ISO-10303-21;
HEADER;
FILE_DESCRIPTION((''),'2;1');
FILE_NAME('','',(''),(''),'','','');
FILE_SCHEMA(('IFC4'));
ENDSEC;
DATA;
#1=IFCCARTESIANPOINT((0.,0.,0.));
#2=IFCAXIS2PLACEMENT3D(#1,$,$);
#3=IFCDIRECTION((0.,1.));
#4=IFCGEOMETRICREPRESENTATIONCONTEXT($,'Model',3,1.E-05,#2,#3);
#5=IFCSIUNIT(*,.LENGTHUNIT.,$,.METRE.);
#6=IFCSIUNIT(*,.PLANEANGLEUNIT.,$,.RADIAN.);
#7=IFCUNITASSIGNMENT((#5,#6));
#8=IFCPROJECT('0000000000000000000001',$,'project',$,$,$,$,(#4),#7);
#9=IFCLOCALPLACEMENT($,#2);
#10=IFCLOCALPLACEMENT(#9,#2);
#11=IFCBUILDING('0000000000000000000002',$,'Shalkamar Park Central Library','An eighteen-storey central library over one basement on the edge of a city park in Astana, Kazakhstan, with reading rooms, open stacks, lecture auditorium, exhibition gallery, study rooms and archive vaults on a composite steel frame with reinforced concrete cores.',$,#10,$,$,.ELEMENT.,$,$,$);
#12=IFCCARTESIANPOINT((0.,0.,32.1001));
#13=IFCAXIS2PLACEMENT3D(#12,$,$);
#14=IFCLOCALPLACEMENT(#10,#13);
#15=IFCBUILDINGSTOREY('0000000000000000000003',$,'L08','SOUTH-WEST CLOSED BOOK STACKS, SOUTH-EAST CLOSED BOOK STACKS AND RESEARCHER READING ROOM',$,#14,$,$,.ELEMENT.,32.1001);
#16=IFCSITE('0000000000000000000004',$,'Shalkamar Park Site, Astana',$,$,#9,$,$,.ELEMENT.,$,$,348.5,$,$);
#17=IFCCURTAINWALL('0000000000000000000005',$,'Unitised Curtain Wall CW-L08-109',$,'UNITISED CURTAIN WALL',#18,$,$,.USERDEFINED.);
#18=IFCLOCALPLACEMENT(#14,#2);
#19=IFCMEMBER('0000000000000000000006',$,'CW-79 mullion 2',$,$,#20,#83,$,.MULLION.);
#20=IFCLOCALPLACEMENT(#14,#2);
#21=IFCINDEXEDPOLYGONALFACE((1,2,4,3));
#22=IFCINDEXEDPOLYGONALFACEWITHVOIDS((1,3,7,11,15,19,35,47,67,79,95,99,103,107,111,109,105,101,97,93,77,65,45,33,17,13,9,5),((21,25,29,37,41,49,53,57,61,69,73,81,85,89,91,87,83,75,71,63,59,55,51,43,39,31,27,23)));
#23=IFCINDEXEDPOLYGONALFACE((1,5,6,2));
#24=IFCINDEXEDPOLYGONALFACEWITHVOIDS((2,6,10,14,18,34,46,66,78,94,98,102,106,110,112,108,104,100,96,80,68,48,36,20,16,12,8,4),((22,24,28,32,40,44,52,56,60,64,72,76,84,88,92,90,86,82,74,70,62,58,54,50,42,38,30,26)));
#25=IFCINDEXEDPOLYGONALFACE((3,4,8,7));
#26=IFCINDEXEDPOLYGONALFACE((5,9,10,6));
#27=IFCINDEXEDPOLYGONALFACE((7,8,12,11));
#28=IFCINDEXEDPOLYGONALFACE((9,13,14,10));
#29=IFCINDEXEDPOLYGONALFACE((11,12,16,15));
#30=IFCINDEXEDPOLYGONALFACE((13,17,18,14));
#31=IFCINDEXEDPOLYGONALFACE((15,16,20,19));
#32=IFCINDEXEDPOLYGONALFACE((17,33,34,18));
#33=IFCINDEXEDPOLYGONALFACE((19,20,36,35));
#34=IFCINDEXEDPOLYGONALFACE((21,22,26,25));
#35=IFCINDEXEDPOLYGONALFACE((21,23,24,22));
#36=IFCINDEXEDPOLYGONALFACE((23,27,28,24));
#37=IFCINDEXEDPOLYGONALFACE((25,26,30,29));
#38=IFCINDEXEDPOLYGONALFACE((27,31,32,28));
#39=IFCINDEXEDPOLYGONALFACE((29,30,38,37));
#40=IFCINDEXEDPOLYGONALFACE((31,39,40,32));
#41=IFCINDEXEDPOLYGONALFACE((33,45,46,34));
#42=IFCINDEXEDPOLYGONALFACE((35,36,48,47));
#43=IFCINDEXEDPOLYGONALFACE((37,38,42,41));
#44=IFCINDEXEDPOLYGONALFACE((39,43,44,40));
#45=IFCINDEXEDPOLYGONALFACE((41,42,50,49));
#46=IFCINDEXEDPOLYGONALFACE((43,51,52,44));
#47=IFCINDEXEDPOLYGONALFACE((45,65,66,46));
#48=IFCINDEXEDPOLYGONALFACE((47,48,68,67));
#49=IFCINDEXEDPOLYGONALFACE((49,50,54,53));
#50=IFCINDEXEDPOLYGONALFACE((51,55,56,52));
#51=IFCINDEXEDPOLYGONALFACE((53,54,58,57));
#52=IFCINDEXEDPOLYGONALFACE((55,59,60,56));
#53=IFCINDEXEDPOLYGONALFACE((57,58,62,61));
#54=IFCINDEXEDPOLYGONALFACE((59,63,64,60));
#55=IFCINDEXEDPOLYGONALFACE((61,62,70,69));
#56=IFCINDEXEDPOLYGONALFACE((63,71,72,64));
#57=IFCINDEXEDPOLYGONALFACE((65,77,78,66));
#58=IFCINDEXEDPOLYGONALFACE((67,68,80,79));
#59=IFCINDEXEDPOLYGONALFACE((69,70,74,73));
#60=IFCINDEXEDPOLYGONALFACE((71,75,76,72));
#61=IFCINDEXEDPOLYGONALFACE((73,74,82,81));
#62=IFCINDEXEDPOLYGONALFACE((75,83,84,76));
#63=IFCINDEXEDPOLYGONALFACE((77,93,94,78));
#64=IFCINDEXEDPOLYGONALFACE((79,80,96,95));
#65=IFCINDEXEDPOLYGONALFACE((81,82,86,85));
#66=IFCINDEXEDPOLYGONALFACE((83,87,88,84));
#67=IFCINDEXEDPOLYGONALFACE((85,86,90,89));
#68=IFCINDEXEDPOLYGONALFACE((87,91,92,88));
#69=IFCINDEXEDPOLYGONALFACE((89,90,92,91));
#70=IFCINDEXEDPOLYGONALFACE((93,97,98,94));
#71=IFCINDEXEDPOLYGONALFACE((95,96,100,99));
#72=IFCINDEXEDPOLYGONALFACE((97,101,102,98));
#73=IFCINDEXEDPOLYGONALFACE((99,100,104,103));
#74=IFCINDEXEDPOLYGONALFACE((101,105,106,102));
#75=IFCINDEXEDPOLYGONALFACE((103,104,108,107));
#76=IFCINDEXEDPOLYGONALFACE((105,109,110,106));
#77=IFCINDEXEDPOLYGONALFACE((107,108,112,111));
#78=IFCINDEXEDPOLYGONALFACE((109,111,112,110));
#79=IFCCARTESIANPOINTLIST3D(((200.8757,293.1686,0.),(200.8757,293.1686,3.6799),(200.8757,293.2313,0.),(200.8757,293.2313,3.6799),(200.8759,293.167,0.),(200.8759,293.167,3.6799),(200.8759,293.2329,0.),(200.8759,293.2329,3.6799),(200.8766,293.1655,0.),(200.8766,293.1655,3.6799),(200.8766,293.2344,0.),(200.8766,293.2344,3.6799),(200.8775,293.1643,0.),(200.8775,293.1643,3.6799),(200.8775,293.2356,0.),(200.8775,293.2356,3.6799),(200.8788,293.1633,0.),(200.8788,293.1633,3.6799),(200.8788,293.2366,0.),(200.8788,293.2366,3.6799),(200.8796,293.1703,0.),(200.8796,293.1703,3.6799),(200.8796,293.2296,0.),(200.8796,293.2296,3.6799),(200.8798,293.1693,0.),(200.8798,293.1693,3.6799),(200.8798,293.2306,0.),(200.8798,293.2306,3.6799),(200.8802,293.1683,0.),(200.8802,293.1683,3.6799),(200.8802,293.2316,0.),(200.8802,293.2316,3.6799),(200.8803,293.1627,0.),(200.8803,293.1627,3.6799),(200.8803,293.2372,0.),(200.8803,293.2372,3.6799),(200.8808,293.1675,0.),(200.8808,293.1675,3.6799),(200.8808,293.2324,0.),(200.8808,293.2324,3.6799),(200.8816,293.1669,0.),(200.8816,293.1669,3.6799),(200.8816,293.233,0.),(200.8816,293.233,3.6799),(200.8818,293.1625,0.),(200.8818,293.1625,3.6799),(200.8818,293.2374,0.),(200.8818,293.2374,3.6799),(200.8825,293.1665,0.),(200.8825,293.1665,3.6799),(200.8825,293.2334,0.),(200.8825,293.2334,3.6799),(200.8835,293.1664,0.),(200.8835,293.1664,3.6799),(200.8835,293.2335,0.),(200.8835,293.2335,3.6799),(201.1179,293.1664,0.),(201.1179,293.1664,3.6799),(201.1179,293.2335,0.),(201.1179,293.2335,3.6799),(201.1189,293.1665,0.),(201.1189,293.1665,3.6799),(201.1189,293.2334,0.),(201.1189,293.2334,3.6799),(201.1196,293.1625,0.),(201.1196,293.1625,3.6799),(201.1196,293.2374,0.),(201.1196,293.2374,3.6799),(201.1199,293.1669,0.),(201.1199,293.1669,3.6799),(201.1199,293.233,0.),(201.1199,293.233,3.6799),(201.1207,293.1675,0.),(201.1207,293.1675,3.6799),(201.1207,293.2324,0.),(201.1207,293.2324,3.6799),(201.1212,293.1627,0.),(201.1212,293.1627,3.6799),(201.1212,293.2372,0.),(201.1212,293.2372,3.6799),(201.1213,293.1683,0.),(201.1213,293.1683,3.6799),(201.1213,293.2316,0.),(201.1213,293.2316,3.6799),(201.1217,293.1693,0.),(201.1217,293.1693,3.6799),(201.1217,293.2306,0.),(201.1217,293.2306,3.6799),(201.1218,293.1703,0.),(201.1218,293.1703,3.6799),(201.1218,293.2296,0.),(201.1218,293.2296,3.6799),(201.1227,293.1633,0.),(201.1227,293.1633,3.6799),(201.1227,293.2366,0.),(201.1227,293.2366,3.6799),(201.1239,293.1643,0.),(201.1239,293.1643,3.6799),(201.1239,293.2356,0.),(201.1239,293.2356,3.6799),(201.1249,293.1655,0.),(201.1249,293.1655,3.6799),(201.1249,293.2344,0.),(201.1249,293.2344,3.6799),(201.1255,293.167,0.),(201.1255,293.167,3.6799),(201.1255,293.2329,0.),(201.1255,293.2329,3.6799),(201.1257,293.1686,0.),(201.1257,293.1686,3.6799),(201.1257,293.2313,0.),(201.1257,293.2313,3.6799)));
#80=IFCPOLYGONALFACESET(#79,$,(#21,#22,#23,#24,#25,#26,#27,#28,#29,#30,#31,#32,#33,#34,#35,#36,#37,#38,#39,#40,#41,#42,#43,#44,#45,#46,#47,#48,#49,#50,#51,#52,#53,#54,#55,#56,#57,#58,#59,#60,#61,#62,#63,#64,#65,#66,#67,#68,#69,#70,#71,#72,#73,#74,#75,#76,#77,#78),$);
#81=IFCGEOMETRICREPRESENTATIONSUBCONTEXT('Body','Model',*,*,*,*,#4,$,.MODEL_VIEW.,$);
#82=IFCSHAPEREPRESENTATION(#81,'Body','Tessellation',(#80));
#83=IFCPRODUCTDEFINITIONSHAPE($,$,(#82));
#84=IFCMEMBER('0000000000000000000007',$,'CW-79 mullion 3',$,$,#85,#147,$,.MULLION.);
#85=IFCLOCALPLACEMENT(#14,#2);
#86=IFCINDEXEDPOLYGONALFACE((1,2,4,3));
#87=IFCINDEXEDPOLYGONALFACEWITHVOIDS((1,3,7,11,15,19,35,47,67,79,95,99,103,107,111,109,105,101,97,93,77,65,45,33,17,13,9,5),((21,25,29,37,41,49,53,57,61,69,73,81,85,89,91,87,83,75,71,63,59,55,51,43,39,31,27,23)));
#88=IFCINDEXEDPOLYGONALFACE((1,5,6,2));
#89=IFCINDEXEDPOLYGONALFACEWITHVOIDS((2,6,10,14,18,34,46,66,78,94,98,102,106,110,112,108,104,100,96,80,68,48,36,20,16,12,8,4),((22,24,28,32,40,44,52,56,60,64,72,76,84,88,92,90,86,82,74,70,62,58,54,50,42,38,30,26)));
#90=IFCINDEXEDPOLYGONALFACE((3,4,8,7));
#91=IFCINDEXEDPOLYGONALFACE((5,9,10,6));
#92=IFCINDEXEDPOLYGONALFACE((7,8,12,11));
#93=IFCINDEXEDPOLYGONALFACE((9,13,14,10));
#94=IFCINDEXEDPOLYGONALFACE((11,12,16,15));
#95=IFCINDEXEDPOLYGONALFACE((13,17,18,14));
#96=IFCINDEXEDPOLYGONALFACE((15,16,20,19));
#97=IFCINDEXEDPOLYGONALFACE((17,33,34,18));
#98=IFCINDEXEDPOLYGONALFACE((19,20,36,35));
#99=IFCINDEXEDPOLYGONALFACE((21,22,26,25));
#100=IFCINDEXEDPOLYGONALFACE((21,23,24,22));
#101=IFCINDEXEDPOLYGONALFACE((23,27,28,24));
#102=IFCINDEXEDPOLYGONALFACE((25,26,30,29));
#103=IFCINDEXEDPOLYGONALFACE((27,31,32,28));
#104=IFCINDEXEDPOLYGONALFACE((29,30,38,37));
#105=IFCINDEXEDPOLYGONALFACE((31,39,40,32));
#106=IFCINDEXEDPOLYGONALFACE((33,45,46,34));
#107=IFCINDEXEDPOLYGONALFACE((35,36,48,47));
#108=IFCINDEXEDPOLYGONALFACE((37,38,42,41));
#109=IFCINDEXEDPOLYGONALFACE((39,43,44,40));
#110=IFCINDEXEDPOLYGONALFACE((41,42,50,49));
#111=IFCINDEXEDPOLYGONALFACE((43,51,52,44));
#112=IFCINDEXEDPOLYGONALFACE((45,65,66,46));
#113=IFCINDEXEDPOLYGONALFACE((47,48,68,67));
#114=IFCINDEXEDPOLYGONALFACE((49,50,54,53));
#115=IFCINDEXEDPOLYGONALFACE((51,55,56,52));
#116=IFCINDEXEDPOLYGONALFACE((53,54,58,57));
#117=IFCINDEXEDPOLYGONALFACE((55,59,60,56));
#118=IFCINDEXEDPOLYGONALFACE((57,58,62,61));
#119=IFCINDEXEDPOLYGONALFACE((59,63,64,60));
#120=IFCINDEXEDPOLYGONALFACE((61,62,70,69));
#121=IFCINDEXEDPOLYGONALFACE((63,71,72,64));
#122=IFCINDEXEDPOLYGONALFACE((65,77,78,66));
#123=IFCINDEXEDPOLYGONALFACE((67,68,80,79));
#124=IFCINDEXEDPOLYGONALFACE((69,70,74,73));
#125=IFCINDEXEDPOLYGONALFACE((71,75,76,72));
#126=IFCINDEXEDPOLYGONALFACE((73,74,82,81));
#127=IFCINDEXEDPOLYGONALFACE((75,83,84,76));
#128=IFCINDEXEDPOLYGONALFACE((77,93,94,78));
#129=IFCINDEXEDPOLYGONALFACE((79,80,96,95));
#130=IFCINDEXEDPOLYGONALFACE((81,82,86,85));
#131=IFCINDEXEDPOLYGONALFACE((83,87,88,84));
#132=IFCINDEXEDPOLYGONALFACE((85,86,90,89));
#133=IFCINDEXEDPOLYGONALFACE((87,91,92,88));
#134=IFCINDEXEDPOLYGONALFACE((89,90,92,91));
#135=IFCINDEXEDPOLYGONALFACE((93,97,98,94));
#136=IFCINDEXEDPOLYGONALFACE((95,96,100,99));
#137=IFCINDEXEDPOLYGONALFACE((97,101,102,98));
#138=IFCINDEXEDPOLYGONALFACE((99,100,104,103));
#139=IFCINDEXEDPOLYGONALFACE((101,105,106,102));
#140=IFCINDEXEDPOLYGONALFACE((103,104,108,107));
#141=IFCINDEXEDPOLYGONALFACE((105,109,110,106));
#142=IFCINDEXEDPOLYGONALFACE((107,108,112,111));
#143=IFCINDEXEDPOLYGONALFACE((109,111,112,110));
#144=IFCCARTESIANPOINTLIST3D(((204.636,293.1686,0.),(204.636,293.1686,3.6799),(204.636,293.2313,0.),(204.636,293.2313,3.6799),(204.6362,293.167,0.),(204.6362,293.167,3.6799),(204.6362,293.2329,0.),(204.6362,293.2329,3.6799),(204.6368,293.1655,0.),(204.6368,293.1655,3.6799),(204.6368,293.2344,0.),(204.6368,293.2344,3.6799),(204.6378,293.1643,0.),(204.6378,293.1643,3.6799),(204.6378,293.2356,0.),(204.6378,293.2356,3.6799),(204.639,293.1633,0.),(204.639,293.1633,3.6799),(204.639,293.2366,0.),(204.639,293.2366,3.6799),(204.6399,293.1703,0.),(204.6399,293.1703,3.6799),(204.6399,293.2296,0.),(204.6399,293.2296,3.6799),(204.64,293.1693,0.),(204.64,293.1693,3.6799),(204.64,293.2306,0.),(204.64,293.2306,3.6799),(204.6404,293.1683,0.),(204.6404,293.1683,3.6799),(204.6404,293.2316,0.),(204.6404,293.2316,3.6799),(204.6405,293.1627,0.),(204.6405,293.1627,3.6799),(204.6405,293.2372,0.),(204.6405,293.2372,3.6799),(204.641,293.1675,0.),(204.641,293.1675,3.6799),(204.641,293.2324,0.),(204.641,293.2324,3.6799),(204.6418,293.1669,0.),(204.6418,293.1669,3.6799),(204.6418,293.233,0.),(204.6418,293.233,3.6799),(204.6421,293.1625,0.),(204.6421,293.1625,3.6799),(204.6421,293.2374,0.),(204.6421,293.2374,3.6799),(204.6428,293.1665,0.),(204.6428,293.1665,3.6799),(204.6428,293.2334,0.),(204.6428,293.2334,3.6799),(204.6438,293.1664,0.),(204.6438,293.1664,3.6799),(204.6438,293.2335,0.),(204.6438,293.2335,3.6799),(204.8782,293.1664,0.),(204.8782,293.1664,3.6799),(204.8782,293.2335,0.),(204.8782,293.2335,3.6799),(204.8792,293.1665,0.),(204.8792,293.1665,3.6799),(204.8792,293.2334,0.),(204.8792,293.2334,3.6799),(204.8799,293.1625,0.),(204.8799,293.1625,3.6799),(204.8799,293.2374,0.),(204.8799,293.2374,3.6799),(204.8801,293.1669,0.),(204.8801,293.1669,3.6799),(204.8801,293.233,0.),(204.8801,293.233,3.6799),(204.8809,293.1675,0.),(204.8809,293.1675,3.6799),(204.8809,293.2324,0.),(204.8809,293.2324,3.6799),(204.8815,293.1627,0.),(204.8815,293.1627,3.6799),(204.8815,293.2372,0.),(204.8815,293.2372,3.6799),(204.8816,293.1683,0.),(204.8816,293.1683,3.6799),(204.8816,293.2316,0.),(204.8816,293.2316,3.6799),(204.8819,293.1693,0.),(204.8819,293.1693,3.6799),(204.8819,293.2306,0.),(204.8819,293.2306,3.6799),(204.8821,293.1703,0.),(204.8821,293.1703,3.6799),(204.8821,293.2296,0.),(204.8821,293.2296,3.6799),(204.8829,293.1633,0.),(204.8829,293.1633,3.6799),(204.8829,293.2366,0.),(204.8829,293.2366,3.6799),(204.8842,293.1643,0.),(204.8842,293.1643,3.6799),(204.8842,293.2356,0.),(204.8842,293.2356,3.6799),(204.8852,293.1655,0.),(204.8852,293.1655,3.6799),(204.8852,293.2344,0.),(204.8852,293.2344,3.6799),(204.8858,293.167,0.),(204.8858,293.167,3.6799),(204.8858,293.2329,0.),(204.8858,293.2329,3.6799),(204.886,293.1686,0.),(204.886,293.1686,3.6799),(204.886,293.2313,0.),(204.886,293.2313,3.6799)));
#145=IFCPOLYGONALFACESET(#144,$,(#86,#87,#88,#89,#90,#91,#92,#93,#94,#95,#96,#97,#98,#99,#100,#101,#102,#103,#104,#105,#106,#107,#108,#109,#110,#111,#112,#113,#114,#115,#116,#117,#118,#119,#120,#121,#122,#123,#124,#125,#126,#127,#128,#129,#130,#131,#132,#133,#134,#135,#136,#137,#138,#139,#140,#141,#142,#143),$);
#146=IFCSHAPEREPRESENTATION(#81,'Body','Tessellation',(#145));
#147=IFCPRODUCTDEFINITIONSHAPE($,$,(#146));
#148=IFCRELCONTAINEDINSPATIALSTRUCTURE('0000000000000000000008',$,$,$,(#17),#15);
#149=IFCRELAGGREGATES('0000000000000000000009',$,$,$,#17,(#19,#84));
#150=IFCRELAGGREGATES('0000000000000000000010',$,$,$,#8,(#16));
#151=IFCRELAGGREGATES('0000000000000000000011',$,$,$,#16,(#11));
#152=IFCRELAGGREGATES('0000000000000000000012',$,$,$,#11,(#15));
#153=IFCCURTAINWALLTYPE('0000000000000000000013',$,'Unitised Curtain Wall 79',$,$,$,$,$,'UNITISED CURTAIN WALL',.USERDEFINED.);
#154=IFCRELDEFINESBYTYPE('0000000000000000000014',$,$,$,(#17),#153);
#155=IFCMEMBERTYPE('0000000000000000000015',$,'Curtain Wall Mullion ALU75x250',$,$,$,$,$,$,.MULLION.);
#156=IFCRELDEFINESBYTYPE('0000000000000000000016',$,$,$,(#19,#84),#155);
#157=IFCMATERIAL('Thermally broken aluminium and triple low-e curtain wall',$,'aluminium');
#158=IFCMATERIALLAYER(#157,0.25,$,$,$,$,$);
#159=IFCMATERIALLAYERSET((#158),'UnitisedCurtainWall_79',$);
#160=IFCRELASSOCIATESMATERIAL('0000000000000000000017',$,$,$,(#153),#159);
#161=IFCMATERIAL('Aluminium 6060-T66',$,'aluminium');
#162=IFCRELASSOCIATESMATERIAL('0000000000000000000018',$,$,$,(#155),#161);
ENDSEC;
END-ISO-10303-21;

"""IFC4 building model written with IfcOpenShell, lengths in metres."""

from ifc_helpers import new_model, si_unit, direction, frame, origin, origin_2d, place, context, subcontext, project, spatial, hollow_rectangle, extrude, material, layer, layer_set, material_profile, profile_set, type_object, element, aggregate, save


model = new_model("IFC4")

# Units and contexts
model_context = context("Model", 3, precision=1e-05, world=origin(), true_north=direction((0.0, 1.0)))
body_context = subcontext(model_context, "Body", "Model", "MODEL_VIEW")
ifc_project = project(units=[si_unit("LENGTHUNIT", "METRE"), si_unit("PLANEANGLEUNIT", "RADIAN")], contexts=[model_context])

# Site, building, storey
site_placement = place(None, origin())
site = spatial("IfcSite", under=ifc_project, at=site_placement, Name="Shalkamar Park Site, Astana", CompositionType="ELEMENT", RefElevation=348.5)
building_placement = place(site_placement, origin())
building = spatial("IfcBuilding", under=site, at=building_placement, Name="Shalkamar Park Central Library", Description="An eighteen-storey central library over one basement on the edge of a city park in Astana, Kazakhstan, with reading rooms, open stacks, lecture auditorium, exhibition gallery, study rooms and archive vaults on a composite steel frame with reinforced concrete cores.", CompositionType="ELEMENT")
storey_placement = place(building_placement, frame((0.0, 0.0, 32.1001)))
storey = spatial("IfcBuildingStorey", under=building, at=storey_placement, Name="L08", Description="SOUTH-WEST CLOSED BOOK STACKS, SOUTH-EAST CLOSED BOOK STACKS AND RESEARCHER READING ROOM", CompositionType="ELEMENT", Elevation=32.1001)

# Curtain wall, members
ifc_material_1 = material(Name="Thermally broken aluminium and triple low-e curtain wall", Category="aluminium")
ifc_layer_1 = layer(ifc_material_1, 0.25)
ifc_layer_set_1 = layer_set([ifc_layer_1], Name="UnitisedCurtainWall_79")
curtain_wall_type_1 = type_object("IfcCurtainWallType", Name="Unitised Curtain Wall 79", ElementType="UNITISED CURTAIN WALL", PredefinedType="USERDEFINED", material=ifc_layer_set_1)
curtain_wall_1_placement = place(storey_placement, origin())
curtain_wall_1 = element("IfcCurtainWall", 1, at=curtain_wall_1_placement, inside=storey, type_object=curtain_wall_type_1, Name="Unitised Curtain Wall CW-L08-109", ObjectType="UNITISED CURTAIN WALL", PredefinedType="USERDEFINED")
ifc_material_2 = material(Name="Aluminium 6060-T66", Category="aluminium")
ifc_material_profile_1 = material_profile(ifc_material_2, hollow_rectangle(XDim=0.075, YDim=0.25, WallThickness=0.0039, InnerFilletRadius=0.0039, OuterFilletRadius=0.0061, at=origin_2d()), Name="ALU 75x250x4")
ifc_profile_set_1 = profile_set([ifc_material_profile_1], Name="Aluminium 6060-T66")
member_type_1 = type_object("IfcMemberType", Name="Curtain Wall Mullion ALU75x250", PredefinedType="MULLION", material=ifc_profile_set_1)
member_1_placement = place(storey_placement, frame((201.0007, 293.2, 0.0), z_axis=(0.0, 0.0, 1.0), x_axis=(0.0, 1.0, 0.0)))
member_1 = element("IfcMember", 2, at=member_1_placement, type_object=member_type_1, Name="CW-79 mullion 2", PredefinedType="MULLION", context=body_context, shape_type="SweptSolid", body=[
    extrude(hollow_rectangle(XDim=0.075, YDim=0.25, WallThickness=0.0039, InnerFilletRadius=0.0039, OuterFilletRadius=0.0061, at=origin_2d()), origin(), (0.0, 0.0, 1.0), 3.6799),
])
member_2_placement = place(storey_placement, frame((204.761, 293.2, 0.0), z_axis=(0.0, 0.0, 1.0), x_axis=(0.0, 1.0, 0.0)))
member_2 = element("IfcMember", 3, at=member_2_placement, type_object=member_type_1, Name="CW-79 mullion 3", PredefinedType="MULLION", context=body_context, shape_type="SweptSolid", body=[
    extrude(hollow_rectangle(XDim=0.075, YDim=0.25, WallThickness=0.0039, InnerFilletRadius=0.0039, OuterFilletRadius=0.0061, at=origin_2d()), origin(), (0.0, 0.0, 1.0), 3.6799),
])

aggregate(curtain_wall_1, [member_1, member_2])

save(model, "model.ifc")
